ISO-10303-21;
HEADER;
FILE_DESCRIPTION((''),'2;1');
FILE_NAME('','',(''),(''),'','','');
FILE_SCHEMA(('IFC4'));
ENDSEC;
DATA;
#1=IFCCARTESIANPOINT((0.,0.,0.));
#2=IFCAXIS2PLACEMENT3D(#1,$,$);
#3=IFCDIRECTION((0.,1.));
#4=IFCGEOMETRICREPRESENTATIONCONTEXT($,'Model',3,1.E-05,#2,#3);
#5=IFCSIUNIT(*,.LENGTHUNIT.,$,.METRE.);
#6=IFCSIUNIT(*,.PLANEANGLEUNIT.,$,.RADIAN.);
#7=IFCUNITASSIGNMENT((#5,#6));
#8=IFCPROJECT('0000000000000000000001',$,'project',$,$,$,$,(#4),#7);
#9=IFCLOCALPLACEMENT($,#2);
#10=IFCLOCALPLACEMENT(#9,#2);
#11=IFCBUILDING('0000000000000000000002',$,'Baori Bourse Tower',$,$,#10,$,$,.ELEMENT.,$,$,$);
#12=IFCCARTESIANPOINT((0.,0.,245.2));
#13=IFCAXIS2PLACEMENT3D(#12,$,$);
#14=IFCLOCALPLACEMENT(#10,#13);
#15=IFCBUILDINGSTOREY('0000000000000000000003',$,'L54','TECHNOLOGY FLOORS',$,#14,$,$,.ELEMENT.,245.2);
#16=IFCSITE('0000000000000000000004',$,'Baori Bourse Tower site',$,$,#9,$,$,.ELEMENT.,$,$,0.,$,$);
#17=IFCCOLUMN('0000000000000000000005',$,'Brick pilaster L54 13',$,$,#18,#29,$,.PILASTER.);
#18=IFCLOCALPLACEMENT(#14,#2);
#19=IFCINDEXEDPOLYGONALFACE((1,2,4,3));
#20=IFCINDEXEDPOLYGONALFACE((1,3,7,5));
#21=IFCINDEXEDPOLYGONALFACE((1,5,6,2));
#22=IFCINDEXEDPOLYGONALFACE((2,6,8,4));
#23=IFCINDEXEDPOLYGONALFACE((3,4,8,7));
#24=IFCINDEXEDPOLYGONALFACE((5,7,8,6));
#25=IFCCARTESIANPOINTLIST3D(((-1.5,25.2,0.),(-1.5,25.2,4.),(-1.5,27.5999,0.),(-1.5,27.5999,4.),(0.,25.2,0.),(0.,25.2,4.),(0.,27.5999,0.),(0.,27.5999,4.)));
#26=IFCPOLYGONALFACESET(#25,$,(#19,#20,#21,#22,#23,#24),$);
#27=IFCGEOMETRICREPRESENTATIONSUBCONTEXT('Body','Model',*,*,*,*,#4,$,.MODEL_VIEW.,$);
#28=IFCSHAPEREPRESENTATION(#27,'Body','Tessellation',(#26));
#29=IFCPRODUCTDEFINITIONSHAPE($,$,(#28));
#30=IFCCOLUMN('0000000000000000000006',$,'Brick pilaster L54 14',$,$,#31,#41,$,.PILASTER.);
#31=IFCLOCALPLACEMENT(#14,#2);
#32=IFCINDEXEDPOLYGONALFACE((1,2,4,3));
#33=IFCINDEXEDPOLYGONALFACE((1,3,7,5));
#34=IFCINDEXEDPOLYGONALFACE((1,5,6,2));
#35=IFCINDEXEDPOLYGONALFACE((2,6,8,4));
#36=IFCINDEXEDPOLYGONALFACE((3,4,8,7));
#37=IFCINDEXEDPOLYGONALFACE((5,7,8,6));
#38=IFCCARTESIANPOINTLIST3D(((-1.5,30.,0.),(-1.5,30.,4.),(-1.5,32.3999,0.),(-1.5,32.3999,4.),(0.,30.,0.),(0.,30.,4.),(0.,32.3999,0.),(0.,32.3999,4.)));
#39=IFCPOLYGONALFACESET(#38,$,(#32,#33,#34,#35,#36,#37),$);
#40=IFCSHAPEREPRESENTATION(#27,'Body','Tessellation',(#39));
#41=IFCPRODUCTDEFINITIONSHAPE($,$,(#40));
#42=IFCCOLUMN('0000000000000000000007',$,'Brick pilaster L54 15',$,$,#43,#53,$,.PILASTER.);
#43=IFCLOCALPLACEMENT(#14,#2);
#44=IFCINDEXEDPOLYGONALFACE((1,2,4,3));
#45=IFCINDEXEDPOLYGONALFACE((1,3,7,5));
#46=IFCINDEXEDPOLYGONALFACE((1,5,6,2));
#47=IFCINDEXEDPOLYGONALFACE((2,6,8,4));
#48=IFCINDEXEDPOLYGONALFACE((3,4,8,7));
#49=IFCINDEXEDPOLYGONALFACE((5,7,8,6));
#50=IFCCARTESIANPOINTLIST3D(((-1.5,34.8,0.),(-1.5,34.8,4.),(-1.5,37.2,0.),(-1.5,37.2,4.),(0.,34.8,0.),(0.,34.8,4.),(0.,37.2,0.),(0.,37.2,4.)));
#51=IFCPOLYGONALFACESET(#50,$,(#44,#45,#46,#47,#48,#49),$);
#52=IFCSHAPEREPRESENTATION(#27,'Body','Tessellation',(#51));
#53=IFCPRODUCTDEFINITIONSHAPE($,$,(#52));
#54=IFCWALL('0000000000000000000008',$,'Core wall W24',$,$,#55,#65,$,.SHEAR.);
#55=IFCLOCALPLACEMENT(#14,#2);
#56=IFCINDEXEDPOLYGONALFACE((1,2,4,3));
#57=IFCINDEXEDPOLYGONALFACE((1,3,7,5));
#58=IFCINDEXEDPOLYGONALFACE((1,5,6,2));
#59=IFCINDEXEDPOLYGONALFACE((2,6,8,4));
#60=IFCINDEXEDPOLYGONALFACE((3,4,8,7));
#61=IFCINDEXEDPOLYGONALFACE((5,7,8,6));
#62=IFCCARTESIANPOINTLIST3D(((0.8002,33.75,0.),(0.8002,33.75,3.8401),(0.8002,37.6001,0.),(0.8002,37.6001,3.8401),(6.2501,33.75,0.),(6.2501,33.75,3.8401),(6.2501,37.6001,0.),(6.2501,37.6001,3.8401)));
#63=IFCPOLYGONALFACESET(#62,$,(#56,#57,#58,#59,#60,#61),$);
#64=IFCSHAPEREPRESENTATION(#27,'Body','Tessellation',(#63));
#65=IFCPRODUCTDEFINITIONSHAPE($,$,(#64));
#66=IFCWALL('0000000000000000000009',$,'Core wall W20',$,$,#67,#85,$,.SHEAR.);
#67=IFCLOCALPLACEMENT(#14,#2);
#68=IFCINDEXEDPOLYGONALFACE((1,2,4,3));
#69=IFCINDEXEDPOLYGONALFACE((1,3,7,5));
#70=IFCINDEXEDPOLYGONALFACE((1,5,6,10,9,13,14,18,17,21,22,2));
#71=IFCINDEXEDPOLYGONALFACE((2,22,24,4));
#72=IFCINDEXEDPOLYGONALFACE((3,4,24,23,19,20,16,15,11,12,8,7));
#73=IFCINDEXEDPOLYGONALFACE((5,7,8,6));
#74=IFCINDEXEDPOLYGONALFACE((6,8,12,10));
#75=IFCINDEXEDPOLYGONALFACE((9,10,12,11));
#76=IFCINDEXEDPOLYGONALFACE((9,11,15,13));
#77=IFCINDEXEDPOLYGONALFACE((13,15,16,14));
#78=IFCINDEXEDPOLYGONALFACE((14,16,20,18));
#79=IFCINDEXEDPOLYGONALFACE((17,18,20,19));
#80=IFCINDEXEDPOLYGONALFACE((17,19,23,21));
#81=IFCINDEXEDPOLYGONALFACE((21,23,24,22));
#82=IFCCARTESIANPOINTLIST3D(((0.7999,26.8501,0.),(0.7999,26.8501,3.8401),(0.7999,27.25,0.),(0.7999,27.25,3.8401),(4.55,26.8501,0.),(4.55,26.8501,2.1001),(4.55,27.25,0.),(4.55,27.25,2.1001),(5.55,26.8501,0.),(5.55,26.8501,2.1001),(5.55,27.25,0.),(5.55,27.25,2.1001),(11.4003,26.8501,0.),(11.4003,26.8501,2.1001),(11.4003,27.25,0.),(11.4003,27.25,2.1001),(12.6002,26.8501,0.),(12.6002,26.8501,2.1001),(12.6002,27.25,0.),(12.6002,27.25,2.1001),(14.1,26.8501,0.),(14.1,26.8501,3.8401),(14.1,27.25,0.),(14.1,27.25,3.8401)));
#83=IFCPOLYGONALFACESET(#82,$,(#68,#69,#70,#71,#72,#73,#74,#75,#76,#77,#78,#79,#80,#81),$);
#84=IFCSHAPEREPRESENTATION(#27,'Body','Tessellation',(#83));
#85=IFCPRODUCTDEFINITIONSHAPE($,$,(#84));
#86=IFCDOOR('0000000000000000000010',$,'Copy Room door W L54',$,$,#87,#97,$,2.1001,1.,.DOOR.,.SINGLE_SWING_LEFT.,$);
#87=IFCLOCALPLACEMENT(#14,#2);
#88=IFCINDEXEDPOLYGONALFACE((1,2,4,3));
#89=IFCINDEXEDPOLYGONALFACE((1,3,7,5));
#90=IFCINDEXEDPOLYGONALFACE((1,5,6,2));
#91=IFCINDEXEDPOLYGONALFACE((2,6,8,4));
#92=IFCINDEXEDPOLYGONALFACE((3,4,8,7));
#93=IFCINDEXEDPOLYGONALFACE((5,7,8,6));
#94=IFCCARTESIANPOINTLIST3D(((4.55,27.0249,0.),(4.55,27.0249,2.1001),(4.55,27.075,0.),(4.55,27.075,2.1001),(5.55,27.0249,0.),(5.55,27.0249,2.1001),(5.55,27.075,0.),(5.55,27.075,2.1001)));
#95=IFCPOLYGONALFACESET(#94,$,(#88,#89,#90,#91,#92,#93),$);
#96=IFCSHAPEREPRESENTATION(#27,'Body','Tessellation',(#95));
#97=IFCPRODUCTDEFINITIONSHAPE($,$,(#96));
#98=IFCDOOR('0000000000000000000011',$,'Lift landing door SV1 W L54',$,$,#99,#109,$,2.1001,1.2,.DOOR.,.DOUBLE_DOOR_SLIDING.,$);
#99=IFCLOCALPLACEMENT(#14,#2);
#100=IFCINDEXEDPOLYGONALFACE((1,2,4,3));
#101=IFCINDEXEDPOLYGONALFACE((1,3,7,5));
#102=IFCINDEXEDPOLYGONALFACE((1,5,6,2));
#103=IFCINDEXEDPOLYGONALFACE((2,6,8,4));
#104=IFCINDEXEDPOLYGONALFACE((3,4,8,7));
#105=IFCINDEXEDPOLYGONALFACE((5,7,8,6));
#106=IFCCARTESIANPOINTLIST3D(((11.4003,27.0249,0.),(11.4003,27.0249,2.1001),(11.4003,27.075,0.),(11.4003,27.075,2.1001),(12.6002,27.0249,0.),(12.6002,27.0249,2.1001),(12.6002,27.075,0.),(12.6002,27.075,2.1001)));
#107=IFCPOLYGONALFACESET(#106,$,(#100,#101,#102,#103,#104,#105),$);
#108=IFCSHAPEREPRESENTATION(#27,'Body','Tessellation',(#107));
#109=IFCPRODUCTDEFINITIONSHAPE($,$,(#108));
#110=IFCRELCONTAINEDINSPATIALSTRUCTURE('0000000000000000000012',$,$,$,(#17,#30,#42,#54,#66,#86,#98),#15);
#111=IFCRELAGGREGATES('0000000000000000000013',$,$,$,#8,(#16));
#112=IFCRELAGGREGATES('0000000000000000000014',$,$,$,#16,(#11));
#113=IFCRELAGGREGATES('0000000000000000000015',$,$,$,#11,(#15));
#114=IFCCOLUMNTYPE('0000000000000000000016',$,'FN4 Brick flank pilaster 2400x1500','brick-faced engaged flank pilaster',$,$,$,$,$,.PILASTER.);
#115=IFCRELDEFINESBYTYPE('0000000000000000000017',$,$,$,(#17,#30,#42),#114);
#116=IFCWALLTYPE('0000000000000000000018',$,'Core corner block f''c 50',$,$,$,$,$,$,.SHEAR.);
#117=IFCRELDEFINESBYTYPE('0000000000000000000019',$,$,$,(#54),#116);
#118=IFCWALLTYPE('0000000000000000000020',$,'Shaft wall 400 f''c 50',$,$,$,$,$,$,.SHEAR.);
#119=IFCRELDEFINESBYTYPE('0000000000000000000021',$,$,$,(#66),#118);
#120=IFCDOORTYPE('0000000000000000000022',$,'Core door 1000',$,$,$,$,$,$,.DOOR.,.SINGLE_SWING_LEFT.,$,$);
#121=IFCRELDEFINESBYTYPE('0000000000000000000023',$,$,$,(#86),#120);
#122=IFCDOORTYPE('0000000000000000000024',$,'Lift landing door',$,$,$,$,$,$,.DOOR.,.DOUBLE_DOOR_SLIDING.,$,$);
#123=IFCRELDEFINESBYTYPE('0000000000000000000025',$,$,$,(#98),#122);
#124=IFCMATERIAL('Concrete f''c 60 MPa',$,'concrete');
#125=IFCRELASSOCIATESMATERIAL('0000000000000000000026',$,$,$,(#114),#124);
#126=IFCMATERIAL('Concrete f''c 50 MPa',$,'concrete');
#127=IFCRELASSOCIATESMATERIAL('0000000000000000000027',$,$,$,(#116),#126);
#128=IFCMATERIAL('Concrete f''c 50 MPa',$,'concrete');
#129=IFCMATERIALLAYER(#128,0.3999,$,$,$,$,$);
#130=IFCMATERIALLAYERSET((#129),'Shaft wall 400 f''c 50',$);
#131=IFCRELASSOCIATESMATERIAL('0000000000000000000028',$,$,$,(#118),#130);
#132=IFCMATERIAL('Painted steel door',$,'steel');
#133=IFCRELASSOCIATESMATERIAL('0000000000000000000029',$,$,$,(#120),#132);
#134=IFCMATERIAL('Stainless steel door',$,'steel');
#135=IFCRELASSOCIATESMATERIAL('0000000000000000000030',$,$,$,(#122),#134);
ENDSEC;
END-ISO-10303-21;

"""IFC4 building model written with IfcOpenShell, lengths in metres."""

from ifc_helpers import new_model, si_unit, direction, frame, frame_2d, origin, origin_2d, place, context, subcontext, project, spatial, rectangle, extrude, material, layer, layer_set, material_profile, profile_set, type_object, element, fill, save


model = new_model("IFC4")

# Units and contexts
model_context = context("Model", 3, precision=1e-05, world=origin(), true_north=direction((0.0, 1.0)))
body_context = subcontext(model_context, "Body", "Model", "MODEL_VIEW")
ifc_project = project(units=[si_unit("LENGTHUNIT", "METRE"), si_unit("PLANEANGLEUNIT", "RADIAN")], contexts=[model_context])

# Site, building, storey
site_placement = place(None, origin())
site = spatial("IfcSite", under=ifc_project, at=site_placement, Name="Baori Bourse Tower site", CompositionType="ELEMENT", RefElevation=0.0)
building_placement = place(site_placement, origin())
building = spatial("IfcBuilding", under=site, at=building_placement, Name="Baori Bourse Tower", CompositionType="ELEMENT")
storey_placement = place(building_placement, frame((0.0, 0.0, 245.2)))
storey = spatial("IfcBuildingStorey", under=building, at=storey_placement, Name="L54", Description="TECHNOLOGY FLOORS", CompositionType="ELEMENT", Elevation=245.2)

# Columns
ifc_material_1 = material(Name="Concrete f'c 60 MPa", Category="concrete")
ifc_material_profile = material_profile(ifc_material_1, rectangle(XDim=2.3999, YDim=1.5, at=origin_2d()), Name="RC 2400x1500")
ifc_profile_set = profile_set([ifc_material_profile], Name="Concrete f'c 60 MPa")
column_type = type_object("IfcColumnType", Name="FN4 Brick flank pilaster 2400x1500", Description="brick-faced engaged flank pilaster", PredefinedType="PILASTER", material=ifc_profile_set)
for number, where, z_axis, x_axis, name in (
    (1, (-0.75, 26.3999, 0.0), (0.0, 0.0, 1.0), (0.0, 1.0, 0.0), "Brick pilaster L54 13"),
    (2, (-0.75, 31.2, 0.0), (0.0, 0.0, 1.0), (0.0, 1.0, 0.0), "Brick pilaster L54 14"),
    (3, (-0.75, 36.0, 0.0), (0.0, 0.0, 1.0), (0.0, 1.0, 0.0), "Brick pilaster L54 15"),
):
    element("IfcColumn", number, at=place(storey_placement, frame(where, z_axis=z_axis, x_axis=x_axis)), inside=storey, type_object=column_type, Name=name, PredefinedType="PILASTER", context=body_context, shape_type="SweptSolid", body=[
        extrude(rectangle(XDim=2.3999, YDim=1.5, at=origin_2d()), origin(), (0.0, 0.0, 1.0), 4.0),
    ])

# Wall
ifc_material_2 = material(Name="Concrete f'c 50 MPa", Category="concrete")
wall_type_1 = type_object("IfcWallType", Name="Core corner block f'c 50", PredefinedType="SHEAR", material=ifc_material_2)
wall_1_placement = place(storey_placement, frame((0.8, 35.675, 0.0), z_axis=(0.0, 0.0, 1.0), x_axis=(1.0, 0.0, 0.0)))
element("IfcWall", 4, at=wall_1_placement, inside=storey, type_object=wall_type_1, Name="Core wall W24", PredefinedType="SHEAR", context=body_context, shape_type="SweptSolid", body=[
    extrude(rectangle(XDim=5.45, YDim=3.8501, at=frame_2d((2.7251, 0.0))), origin(), (0.0, 0.0, 1.0), 3.8401),
])

# Wall, openings, doors
ifc_material_3 = material(Name="Concrete f'c 50 MPa", Category="concrete")
ifc_layer_1 = layer(ifc_material_3, 0.3999)
ifc_layer_set_1 = layer_set([ifc_layer_1], Name="Shaft wall 400 f'c 50")
wall_type_2 = type_object("IfcWallType", Name="Shaft wall 400 f'c 50", PredefinedType="SHEAR", material=ifc_layer_set_1)
wall_2_placement = place(storey_placement, frame((0.8, 27.05, 0.0), z_axis=(0.0, 0.0, 1.0), x_axis=(1.0, 0.0, 0.0)))
wall_2 = element("IfcWall", 5, at=wall_2_placement, inside=storey, type_object=wall_type_2, Name="Core wall W20", PredefinedType="SHEAR", context=body_context, shape_type="SweptSolid", body=[
    extrude(rectangle(XDim=13.3, YDim=0.3999, at=frame_2d((6.6499, 0.0))), origin(), (0.0, 0.0, 1.0), 3.8401),
])
opening_1_placement = place(wall_2_placement, frame((3.75, 0.0, 0.0)))
opening_1 = element("IfcOpeningElement", 6, at=opening_1_placement, cuts=wall_2, PredefinedType="OPENING", context=body_context, shape_type="SweptSolid", body=[
    extrude(rectangle(XDim=1.0, YDim=2.1001, at=frame_2d((0.5, 1.05))), frame((0.0, 0.21, 0.0), z_axis=(0.0, -1.0, 0.0), x_axis=(1.0, 0.0, 0.0)), (0.0, 0.0, 1.0), 0.4199),
])
opening_2_placement = place(wall_2_placement, frame((10.6001, 0.0, 0.0)))
opening_2 = element("IfcOpeningElement", 7, at=opening_2_placement, cuts=wall_2, PredefinedType="OPENING", context=body_context, shape_type="SweptSolid", body=[
    extrude(rectangle(XDim=1.2, YDim=2.1001, at=frame_2d((0.6001, 1.05))), frame((0.0, 0.21, 0.0), z_axis=(0.0, -1.0, 0.0), x_axis=(1.0, 0.0, 0.0)), (0.0, 0.0, 1.0), 0.4199),
])
ifc_material_4 = material(Name="Painted steel door", Category="steel")
door_type_1 = type_object("IfcDoorType", Name="Core door 1000", OperationType="SINGLE_SWING_LEFT", PredefinedType="DOOR", material=ifc_material_4)
door_1_placement = place(opening_1_placement, origin())
door_1 = element("IfcDoor", 8, at=door_1_placement, inside=storey, type_object=door_type_1, Name="Copy Room door W L54", OperationType="SINGLE_SWING_LEFT", OverallHeight=2.1001, OverallWidth=1.0, PredefinedType="DOOR", context=body_context, shape_type="SweptSolid", body=[
    extrude(rectangle(XDim=1.0, YDim=2.1001, at=frame_2d((0.5, 1.05))), frame((0.0, 0.0249, 0.0), z_axis=(0.0, -1.0, 0.0), x_axis=(1.0, 0.0, 0.0)), (0.0, 0.0, 1.0), 0.05),
])
fill(opening_1, door_1)
ifc_material_5 = material(Name="Stainless steel door", Category="steel")
door_type_2 = type_object("IfcDoorType", Name="Lift landing door", OperationType="DOUBLE_DOOR_SLIDING", PredefinedType="DOOR", material=ifc_material_5)
door_2_placement = place(opening_2_placement, origin())
door_2 = element("IfcDoor", 9, at=door_2_placement, inside=storey, type_object=door_type_2, Name="Lift landing door SV1 W L54", OperationType="DOUBLE_DOOR_SLIDING", OverallHeight=2.1001, OverallWidth=1.2, PredefinedType="DOOR", context=body_context, shape_type="SweptSolid", body=[
    extrude(rectangle(XDim=1.2, YDim=2.1001, at=frame_2d((0.6001, 1.05))), frame((0.0, 0.0249, 0.0), z_axis=(0.0, -1.0, 0.0), x_axis=(1.0, 0.0, 0.0)), (0.0, 0.0, 1.0), 0.05),
])
fill(opening_2, door_2)

save(model, "model.ifc")
